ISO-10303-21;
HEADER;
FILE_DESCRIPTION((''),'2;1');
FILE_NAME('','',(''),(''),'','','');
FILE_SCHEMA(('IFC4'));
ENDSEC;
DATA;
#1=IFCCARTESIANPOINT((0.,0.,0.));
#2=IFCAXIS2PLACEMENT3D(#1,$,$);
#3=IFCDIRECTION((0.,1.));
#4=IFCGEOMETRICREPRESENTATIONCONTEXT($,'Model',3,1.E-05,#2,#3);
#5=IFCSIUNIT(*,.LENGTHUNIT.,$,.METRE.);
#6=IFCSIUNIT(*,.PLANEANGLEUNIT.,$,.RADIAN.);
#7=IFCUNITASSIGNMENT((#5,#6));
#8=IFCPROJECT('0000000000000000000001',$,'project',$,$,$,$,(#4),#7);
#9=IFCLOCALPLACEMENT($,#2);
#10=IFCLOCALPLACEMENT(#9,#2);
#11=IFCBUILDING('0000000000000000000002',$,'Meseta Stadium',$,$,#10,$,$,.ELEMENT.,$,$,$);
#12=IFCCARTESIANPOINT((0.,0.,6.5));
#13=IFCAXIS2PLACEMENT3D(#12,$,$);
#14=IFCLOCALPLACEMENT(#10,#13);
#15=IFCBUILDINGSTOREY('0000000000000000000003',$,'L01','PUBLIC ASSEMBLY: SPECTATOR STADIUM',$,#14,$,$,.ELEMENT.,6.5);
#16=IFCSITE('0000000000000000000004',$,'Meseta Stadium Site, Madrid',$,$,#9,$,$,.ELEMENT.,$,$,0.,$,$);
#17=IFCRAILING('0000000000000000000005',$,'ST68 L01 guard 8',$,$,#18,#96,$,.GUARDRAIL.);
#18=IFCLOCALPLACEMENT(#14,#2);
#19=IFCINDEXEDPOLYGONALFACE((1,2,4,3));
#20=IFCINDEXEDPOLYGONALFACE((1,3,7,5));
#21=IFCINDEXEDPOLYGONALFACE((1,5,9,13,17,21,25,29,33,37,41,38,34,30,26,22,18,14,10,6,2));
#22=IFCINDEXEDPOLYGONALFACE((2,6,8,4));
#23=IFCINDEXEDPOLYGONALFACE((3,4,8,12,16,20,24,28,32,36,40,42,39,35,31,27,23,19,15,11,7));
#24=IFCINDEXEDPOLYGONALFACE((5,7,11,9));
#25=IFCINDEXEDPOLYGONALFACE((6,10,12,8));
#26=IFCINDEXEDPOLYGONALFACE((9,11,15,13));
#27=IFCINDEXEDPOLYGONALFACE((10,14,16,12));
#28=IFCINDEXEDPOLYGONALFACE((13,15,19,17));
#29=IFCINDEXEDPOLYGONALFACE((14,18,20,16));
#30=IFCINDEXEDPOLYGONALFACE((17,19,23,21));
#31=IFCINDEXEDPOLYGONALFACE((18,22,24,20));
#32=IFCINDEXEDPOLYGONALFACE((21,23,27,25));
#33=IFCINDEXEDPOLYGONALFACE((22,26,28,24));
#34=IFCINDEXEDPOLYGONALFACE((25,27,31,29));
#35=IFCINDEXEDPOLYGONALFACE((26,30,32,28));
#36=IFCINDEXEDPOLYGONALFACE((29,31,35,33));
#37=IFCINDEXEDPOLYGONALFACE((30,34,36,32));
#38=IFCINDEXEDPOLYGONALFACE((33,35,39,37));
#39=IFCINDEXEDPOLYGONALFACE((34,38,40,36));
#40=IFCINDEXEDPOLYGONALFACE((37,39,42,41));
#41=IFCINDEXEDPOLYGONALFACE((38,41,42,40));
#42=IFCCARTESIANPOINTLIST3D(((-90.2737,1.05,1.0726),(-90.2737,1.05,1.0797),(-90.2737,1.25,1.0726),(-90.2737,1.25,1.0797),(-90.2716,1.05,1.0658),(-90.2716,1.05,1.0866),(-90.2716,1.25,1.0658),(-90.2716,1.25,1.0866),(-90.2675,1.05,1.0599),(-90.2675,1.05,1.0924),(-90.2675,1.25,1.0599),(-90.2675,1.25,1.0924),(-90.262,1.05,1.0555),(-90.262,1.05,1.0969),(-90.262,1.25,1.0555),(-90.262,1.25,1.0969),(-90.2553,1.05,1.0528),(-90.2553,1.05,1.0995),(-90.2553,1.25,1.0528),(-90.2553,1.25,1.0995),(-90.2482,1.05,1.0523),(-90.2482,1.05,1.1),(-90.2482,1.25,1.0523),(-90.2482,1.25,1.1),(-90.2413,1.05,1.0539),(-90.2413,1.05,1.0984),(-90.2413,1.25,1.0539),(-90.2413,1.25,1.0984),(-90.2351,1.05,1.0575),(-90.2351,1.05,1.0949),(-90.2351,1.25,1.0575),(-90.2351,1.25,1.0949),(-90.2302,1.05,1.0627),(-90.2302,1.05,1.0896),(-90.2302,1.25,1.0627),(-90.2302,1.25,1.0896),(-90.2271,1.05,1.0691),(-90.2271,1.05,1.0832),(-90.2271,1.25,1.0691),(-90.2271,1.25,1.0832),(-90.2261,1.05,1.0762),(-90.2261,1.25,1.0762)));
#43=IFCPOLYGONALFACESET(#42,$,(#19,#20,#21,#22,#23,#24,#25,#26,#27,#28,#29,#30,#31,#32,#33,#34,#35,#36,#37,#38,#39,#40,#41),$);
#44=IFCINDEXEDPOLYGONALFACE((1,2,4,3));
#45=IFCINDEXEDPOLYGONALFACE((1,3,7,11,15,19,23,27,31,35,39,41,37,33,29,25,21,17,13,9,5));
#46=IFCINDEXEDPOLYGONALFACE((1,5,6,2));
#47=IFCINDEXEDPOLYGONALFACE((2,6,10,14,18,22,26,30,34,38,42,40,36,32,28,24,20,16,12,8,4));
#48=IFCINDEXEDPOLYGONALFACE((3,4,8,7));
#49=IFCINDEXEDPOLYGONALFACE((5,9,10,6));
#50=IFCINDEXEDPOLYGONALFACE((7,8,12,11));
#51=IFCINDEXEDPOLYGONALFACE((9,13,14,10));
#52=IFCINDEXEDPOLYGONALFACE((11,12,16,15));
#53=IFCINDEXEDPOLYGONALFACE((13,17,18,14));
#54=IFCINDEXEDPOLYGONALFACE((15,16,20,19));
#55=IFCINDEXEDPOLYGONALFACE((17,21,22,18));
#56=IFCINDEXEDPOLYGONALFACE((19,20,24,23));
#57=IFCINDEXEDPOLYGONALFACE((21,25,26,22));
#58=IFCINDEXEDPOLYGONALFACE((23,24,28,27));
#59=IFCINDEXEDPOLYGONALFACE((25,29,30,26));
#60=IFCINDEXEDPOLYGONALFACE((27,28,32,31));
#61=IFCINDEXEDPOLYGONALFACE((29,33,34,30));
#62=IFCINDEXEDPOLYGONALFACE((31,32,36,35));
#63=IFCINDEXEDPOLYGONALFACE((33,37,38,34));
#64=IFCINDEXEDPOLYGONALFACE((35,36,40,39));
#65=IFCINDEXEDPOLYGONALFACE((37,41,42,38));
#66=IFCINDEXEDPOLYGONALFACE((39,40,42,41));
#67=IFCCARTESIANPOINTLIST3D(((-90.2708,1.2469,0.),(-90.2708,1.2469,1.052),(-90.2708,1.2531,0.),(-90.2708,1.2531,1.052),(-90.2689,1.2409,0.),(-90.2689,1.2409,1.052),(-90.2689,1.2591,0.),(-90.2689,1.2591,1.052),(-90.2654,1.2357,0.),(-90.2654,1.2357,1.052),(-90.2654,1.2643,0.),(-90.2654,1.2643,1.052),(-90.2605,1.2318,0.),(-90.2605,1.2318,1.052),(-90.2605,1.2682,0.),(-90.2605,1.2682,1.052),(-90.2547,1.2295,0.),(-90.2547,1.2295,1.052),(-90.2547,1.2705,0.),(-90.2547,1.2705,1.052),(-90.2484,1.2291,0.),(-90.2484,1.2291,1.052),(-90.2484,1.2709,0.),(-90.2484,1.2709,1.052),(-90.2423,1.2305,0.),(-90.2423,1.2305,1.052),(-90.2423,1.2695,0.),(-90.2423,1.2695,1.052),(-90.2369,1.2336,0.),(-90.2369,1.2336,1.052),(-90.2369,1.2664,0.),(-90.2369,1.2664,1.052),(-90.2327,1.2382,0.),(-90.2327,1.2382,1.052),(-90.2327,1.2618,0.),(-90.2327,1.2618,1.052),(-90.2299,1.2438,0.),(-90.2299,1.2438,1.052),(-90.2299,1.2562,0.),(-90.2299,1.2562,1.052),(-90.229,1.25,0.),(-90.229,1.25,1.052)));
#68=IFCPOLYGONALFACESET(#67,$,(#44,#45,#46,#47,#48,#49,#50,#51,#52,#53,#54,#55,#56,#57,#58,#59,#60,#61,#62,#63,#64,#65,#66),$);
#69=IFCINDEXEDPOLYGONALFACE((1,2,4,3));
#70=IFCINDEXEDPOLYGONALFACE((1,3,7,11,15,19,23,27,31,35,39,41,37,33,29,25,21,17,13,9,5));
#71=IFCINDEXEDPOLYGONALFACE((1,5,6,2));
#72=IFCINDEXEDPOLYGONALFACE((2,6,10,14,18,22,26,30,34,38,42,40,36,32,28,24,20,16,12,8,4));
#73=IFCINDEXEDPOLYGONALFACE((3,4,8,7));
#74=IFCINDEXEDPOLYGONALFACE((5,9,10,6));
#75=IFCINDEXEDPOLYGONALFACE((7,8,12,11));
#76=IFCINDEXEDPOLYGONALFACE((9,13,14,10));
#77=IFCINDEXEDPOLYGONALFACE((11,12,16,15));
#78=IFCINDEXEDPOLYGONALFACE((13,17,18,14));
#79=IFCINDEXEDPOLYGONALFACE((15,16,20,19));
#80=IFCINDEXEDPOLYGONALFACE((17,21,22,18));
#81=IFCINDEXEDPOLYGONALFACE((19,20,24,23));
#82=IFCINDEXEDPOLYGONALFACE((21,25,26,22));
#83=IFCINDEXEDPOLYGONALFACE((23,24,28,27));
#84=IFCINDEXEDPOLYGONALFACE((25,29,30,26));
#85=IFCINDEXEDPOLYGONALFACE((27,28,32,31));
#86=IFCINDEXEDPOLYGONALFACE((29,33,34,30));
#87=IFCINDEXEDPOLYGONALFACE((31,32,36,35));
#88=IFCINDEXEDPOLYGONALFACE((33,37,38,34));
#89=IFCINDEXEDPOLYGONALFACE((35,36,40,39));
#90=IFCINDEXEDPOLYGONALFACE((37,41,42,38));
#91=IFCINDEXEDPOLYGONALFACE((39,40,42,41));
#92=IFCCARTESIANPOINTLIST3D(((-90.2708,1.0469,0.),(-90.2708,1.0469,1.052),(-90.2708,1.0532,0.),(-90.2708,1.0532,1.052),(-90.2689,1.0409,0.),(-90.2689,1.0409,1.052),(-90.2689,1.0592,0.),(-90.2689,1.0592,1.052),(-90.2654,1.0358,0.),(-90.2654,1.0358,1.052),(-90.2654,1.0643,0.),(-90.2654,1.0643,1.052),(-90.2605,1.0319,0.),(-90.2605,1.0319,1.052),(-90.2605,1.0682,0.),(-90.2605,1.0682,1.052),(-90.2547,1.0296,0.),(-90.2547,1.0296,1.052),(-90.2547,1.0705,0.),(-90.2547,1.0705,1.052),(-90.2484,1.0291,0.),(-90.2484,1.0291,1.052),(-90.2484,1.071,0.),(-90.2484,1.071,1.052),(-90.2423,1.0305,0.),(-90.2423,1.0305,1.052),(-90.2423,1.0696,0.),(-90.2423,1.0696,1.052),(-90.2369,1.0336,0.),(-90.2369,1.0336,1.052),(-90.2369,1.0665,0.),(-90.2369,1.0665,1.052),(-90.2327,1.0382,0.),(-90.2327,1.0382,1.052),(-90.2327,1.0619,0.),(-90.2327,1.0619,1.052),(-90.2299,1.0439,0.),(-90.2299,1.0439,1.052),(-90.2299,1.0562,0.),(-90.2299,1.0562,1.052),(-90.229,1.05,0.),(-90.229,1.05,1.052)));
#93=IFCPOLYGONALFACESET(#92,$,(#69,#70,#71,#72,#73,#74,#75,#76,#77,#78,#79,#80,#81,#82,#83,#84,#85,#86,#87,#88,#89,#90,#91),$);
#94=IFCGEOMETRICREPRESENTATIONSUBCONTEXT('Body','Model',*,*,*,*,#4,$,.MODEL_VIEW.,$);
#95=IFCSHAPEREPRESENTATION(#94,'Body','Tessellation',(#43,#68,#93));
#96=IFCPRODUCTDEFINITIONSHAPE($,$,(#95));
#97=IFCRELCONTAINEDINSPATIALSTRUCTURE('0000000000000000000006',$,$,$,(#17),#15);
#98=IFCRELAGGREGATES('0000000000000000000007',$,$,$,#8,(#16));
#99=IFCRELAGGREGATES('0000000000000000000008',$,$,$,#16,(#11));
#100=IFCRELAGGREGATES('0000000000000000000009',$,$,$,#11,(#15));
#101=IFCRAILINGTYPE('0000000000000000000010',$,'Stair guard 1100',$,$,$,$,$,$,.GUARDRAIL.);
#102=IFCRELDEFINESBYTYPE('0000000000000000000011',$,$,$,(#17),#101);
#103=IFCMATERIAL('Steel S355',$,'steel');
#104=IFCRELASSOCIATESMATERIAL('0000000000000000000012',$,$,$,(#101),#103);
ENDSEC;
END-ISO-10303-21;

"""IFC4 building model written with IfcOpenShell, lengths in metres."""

from ifc_helpers import new_model, si_unit, direction, frame, origin, origin_2d, place, context, subcontext, project, spatial, circle, extrude, material, type_object, element, save


model = new_model("IFC4")

# Units and contexts
model_context = context("Model", 3, precision=1e-05, world=origin(), true_north=direction((0.0, 1.0)))
body_context = subcontext(model_context, "Body", "Model", "MODEL_VIEW")
ifc_project = project(units=[si_unit("LENGTHUNIT", "METRE"), si_unit("PLANEANGLEUNIT", "RADIAN")], contexts=[model_context])

# Site, building, storey
site_placement = place(None, origin())
site = spatial("IfcSite", under=ifc_project, at=site_placement, Name="Meseta Stadium Site, Madrid", CompositionType="ELEMENT", RefElevation=0.0)
building_placement = place(site_placement, origin())
building = spatial("IfcBuilding", under=site, at=building_placement, Name="Meseta Stadium", CompositionType="ELEMENT")
storey_placement = place(building_placement, frame((0.0, 0.0, 6.5)))
storey = spatial("IfcBuildingStorey", under=building, at=storey_placement, Name="L01", Description="PUBLIC ASSEMBLY: SPECTATOR STADIUM", CompositionType="ELEMENT", Elevation=6.5)

# Railing
ifc_material_1 = material(Name="Steel S355", Category="steel")
railing_type_1 = type_object("IfcRailingType", Name="Stair guard 1100", PredefinedType="GUARDRAIL", material=ifc_material_1)
railing_1_placement = place(storey_placement, frame((-90.25, 1.25, 0.0)))
element("IfcRailing", 1, at=railing_1_placement, inside=storey, type_object=railing_type_1, Name="ST68 L01 guard 8", PredefinedType="GUARDRAIL", context=body_context, shape_type="SweptSolid", body=[
    extrude(circle(Radius=0.0239, at=origin_2d()), frame((0.0, 0.0, 1.0762), z_axis=(0.0, -1.0, 0.0), x_axis=(1.0, 0.0, 0.0)), (0.0, 0.0, 1.0), 0.2),
    extrude(circle(Radius=0.021, at=origin_2d()), origin(), (0.0, 0.0, 1.0), 1.052),
    extrude(circle(Radius=0.021, at=origin_2d()), frame((0.0, -0.2, 0.0)), (0.0, 0.0, 1.0), 1.052),
])

save(model, "model.ifc")
